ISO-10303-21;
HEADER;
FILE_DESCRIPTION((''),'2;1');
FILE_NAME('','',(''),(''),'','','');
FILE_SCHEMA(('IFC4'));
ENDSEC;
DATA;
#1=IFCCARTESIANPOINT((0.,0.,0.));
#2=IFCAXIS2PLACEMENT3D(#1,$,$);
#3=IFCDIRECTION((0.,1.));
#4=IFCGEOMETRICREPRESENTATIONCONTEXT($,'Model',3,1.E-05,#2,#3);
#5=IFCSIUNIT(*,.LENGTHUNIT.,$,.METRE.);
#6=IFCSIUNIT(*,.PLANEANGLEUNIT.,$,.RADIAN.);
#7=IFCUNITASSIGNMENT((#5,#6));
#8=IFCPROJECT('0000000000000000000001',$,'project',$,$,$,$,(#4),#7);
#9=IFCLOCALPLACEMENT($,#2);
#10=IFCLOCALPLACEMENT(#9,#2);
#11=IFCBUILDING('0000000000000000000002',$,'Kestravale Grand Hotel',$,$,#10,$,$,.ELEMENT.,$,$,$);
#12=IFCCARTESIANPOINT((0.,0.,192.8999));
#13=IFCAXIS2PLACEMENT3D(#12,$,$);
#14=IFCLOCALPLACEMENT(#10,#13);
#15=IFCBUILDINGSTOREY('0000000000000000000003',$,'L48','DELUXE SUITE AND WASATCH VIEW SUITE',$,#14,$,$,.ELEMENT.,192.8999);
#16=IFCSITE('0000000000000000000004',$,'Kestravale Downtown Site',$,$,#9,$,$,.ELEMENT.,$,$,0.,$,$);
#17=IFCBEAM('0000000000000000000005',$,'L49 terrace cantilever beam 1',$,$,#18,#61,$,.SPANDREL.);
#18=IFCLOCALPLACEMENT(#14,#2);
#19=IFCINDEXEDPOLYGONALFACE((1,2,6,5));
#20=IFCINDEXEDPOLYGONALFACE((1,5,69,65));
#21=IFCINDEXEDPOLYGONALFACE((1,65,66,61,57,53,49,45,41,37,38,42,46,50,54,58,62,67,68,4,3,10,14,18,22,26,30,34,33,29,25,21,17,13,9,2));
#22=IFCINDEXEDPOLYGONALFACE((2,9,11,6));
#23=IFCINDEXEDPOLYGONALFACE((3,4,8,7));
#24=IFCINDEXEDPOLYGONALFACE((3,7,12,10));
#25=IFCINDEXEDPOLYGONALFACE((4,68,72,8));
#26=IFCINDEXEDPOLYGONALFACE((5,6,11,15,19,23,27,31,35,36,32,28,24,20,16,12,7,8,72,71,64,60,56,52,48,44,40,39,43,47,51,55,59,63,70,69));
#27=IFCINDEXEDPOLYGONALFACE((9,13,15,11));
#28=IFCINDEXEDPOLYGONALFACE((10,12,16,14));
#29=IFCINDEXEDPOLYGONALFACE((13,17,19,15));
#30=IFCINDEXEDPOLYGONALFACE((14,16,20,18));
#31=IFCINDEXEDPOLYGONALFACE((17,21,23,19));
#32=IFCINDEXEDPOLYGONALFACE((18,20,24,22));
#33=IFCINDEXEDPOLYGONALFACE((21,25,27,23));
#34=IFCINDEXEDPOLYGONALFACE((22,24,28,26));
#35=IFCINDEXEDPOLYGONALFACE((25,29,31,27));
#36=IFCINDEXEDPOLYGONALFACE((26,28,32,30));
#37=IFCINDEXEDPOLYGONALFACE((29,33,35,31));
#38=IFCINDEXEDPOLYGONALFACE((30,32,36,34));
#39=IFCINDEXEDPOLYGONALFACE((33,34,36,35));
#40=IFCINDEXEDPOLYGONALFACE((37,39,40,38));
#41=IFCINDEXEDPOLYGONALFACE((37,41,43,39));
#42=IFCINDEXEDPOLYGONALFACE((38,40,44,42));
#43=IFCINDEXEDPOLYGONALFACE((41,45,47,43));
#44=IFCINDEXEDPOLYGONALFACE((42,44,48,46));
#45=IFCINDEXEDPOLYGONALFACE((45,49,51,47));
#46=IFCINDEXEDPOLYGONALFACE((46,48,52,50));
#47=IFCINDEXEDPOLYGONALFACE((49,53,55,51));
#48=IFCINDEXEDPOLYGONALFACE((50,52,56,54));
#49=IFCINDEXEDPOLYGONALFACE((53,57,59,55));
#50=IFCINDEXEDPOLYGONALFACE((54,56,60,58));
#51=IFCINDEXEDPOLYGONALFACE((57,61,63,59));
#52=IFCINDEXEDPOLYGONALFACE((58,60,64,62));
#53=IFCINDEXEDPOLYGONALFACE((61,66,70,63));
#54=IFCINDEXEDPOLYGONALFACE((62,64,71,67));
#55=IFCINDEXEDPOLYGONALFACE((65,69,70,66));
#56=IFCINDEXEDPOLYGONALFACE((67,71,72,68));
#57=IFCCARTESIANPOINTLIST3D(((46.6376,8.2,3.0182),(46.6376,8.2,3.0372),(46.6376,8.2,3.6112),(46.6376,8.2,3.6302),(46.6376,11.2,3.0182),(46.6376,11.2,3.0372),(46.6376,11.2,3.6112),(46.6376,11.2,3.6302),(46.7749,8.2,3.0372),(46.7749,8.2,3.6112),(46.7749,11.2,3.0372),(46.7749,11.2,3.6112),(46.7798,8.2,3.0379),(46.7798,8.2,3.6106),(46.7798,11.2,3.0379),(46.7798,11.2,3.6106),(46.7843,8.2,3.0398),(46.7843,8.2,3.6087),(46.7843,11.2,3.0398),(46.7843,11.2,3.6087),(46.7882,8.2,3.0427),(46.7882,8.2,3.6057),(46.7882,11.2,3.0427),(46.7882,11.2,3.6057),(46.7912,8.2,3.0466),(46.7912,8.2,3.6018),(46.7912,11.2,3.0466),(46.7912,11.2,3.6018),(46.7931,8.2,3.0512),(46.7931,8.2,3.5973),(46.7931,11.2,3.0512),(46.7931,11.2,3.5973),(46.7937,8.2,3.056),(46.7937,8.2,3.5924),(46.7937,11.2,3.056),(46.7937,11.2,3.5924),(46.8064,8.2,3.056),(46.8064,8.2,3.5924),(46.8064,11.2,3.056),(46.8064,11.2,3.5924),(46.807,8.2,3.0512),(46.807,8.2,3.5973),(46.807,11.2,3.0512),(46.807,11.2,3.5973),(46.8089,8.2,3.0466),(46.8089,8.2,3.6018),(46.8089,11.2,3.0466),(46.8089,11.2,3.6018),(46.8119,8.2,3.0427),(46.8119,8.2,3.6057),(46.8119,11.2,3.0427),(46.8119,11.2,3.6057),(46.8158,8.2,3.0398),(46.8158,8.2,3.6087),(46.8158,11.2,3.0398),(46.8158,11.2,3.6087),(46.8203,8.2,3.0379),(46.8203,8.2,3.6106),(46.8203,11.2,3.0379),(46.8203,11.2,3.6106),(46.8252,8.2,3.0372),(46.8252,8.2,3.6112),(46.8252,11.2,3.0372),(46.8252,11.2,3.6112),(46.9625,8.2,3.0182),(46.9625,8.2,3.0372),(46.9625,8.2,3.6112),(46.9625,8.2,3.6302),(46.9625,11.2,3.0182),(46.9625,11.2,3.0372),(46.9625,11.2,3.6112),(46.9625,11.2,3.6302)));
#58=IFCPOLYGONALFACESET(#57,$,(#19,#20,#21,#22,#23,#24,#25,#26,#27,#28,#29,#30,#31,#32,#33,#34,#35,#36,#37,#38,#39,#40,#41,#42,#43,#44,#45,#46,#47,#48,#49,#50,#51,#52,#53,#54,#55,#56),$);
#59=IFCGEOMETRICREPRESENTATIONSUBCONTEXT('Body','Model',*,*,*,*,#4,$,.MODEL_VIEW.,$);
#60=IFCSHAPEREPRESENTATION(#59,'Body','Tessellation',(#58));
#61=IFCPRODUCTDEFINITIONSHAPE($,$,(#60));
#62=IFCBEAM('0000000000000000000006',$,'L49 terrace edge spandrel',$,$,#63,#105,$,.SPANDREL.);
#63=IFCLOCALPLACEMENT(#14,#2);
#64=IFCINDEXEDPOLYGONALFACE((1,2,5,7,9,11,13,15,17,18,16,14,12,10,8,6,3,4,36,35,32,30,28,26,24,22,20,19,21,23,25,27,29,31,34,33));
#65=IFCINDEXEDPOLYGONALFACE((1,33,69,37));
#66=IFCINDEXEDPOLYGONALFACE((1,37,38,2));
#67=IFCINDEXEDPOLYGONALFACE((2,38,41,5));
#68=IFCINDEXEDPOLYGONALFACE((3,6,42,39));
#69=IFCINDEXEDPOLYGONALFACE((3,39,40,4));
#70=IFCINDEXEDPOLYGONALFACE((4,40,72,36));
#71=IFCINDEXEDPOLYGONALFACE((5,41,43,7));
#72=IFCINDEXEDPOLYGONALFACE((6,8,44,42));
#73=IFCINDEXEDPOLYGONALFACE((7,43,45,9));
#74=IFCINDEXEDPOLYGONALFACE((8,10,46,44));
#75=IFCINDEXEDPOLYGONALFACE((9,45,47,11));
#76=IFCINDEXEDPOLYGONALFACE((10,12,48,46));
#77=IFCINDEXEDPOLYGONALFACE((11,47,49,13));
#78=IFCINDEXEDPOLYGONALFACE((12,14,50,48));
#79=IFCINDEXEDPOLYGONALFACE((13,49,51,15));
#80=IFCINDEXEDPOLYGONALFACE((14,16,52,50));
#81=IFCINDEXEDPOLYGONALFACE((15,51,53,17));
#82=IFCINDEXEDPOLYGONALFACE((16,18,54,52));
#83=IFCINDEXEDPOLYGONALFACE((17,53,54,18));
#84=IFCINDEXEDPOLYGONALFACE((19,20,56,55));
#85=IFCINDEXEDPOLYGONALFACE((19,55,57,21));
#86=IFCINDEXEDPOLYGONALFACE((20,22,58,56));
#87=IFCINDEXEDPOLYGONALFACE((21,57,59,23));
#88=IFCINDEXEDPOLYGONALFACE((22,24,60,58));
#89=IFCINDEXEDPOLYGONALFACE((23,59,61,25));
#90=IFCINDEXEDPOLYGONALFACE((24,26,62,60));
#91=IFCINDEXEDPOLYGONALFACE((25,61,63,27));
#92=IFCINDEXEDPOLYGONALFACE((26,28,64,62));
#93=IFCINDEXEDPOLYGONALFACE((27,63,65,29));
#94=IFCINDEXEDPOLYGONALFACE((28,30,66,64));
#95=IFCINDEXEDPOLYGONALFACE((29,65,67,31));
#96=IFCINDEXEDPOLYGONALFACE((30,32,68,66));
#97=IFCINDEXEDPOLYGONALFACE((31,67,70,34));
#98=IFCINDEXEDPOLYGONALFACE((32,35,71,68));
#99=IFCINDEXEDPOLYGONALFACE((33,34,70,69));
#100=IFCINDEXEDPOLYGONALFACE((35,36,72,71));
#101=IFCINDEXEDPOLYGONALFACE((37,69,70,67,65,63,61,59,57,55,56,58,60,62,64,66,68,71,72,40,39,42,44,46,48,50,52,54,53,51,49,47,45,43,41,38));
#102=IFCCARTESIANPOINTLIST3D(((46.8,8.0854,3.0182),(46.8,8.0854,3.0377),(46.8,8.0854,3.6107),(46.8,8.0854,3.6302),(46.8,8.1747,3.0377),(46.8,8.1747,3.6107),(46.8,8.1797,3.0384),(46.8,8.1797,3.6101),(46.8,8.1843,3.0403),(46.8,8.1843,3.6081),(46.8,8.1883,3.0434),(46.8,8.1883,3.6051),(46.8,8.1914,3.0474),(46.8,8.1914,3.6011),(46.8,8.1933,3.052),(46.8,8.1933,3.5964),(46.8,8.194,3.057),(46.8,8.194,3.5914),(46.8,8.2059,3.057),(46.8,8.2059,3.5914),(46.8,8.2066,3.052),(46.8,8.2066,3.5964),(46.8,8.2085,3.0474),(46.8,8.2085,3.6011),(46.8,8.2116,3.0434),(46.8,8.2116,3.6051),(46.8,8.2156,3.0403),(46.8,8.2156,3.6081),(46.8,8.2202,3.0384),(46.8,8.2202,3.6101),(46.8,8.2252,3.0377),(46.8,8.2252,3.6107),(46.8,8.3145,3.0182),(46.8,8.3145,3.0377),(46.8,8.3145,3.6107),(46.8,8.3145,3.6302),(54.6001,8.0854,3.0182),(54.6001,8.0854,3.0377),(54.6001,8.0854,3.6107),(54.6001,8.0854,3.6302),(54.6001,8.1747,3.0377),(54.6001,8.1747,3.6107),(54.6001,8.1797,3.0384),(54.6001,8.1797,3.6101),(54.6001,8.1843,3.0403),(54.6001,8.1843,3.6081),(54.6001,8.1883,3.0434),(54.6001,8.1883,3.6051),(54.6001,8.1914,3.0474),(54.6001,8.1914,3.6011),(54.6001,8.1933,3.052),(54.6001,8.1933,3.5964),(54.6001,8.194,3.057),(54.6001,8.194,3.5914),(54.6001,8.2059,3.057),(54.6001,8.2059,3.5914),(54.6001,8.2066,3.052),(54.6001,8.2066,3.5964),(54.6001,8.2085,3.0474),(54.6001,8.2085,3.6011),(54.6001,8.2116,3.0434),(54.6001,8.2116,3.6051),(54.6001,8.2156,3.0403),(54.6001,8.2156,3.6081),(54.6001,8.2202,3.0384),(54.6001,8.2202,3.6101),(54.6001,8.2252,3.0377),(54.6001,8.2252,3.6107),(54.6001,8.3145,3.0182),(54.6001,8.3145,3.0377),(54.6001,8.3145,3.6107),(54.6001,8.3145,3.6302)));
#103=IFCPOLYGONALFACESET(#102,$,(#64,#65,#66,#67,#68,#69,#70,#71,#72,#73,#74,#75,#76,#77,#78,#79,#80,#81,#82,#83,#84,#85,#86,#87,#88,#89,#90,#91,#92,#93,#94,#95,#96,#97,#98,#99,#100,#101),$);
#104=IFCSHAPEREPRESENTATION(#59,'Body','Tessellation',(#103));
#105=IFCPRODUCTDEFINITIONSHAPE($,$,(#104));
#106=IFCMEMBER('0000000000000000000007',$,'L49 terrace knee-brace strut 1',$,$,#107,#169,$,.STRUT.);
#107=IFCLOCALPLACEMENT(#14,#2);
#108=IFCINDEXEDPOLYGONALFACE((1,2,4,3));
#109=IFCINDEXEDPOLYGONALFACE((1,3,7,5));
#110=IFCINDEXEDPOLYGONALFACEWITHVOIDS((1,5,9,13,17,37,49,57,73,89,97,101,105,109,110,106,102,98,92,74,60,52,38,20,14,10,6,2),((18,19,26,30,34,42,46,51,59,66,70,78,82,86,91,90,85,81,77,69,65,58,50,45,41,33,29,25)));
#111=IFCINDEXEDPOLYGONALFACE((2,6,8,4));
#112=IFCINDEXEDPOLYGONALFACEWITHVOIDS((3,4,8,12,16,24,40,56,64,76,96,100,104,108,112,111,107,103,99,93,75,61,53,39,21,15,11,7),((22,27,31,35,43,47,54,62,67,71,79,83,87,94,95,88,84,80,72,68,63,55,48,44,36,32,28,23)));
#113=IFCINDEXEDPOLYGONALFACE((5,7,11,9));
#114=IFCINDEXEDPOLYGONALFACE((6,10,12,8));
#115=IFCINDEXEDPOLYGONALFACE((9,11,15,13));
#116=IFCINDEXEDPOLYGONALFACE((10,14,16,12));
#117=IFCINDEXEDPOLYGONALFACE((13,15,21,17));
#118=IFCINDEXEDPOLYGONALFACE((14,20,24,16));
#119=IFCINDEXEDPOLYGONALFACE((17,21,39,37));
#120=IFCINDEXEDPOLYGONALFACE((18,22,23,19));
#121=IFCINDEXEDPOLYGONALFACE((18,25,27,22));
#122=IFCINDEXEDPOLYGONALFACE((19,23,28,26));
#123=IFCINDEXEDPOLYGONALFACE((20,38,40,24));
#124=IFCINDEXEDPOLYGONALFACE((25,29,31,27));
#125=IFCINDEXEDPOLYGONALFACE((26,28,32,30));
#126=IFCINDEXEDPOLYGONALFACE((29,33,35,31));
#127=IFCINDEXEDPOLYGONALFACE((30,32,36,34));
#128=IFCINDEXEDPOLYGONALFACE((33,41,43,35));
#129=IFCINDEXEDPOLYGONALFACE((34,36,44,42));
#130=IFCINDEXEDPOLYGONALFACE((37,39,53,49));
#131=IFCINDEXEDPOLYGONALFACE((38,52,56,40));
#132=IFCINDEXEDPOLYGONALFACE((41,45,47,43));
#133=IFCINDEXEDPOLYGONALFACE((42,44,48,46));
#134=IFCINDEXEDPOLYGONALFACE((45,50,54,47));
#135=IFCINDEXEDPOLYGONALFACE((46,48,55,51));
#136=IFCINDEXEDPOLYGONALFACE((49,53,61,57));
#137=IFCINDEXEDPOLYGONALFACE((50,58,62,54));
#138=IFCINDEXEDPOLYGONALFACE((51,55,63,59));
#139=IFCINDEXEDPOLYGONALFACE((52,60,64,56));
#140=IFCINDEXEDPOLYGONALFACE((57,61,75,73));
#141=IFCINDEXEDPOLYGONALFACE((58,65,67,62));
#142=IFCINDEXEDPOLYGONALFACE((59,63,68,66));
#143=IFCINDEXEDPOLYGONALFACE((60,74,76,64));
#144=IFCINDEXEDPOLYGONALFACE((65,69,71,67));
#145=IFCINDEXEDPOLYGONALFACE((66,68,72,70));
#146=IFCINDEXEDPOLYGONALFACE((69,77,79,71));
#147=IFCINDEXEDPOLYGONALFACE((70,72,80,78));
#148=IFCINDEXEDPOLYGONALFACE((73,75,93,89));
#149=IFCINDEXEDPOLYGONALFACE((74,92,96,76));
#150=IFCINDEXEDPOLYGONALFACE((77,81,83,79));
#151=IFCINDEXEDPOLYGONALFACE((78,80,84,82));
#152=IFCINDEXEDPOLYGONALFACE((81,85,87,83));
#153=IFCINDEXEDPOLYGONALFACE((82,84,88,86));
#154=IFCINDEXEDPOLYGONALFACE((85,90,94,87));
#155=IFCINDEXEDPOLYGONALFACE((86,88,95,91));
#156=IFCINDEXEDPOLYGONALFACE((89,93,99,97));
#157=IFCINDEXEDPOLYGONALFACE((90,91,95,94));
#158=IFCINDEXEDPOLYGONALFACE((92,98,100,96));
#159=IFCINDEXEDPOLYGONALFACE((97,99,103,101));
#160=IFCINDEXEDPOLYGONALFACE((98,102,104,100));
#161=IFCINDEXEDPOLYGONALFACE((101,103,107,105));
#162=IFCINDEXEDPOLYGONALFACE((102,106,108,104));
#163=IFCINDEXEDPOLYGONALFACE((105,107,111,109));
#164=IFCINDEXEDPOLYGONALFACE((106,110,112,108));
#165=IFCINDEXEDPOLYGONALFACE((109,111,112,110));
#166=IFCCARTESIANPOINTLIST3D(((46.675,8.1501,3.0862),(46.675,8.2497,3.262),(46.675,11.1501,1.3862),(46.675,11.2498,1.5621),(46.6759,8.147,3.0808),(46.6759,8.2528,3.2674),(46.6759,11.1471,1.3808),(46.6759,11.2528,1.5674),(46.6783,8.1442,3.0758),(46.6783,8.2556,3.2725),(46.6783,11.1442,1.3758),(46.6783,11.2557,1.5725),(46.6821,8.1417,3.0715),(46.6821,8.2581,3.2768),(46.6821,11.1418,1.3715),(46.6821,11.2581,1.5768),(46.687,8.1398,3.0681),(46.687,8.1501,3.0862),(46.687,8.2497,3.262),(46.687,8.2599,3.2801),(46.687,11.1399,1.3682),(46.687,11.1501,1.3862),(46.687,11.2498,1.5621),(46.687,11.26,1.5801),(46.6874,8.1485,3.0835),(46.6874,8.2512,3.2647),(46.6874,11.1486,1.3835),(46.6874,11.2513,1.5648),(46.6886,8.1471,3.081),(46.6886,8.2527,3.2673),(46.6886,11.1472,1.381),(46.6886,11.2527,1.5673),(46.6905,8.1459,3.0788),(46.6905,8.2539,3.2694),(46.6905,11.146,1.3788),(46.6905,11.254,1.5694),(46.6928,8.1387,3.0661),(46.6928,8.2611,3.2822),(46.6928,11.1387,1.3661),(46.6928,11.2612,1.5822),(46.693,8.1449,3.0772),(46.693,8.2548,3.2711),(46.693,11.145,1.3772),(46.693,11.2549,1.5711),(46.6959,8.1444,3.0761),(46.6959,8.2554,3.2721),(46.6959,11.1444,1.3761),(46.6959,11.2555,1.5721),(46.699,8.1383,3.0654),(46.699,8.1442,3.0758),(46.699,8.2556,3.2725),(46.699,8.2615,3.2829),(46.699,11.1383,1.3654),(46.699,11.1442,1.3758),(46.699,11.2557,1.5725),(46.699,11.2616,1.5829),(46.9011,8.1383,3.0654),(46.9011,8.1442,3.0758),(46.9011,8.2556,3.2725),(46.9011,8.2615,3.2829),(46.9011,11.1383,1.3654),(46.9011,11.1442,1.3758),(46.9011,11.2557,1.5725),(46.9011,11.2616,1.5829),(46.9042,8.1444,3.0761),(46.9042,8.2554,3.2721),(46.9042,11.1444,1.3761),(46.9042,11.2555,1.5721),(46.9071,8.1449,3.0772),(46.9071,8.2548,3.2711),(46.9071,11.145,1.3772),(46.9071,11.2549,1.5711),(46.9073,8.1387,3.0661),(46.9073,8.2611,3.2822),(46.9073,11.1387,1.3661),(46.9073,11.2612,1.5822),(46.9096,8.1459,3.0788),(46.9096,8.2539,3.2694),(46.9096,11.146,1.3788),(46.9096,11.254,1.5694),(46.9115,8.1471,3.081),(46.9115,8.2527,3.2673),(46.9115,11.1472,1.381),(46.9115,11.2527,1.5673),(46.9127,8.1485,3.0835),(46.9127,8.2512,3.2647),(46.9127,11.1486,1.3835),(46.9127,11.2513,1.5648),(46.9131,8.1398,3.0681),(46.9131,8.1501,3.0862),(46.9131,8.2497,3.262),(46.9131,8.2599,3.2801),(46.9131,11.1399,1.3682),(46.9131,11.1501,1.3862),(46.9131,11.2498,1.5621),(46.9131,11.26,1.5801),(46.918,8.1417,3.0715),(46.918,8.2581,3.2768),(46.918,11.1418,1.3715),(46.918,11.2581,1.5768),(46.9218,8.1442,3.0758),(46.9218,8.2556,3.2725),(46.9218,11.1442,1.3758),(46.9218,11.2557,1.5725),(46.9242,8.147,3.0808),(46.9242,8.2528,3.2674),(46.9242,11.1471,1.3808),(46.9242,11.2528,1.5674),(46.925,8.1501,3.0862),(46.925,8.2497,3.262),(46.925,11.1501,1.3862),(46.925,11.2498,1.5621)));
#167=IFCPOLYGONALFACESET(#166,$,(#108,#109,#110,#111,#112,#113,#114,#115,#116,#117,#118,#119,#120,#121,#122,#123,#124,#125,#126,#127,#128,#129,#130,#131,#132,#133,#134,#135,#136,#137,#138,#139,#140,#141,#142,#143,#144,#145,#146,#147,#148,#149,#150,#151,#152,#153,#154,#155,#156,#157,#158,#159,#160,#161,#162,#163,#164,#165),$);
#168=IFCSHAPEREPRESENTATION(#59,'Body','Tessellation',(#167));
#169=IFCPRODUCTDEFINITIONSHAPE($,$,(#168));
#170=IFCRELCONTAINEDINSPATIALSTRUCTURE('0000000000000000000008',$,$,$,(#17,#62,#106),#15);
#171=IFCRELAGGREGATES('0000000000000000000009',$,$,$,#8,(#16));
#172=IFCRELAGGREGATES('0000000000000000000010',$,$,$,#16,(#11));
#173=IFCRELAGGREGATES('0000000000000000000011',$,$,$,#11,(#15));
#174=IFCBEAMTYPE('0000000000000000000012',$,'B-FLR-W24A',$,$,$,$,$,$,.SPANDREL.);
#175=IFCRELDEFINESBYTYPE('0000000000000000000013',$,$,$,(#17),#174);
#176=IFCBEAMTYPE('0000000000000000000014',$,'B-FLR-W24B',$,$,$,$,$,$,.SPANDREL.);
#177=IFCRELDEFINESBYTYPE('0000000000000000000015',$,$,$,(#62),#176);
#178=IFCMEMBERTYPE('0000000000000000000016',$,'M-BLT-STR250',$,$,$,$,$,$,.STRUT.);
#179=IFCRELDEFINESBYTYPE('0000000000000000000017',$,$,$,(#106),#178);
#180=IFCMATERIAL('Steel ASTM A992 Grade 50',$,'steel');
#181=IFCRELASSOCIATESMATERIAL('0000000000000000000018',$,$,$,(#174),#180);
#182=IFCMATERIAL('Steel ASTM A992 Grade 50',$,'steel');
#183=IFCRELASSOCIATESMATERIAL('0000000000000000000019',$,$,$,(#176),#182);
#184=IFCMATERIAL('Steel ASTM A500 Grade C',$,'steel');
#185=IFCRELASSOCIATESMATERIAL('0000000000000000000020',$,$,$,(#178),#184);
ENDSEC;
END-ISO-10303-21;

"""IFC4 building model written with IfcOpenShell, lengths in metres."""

from ifc_helpers import new_model, si_unit, direction, frame, origin, origin_2d, place, context, subcontext, project, spatial, hollow_rectangle, i_section, extrude, material, material_profile, profile_set, type_object, element, save


model = new_model("IFC4")

# Units and contexts
model_context = context("Model", 3, precision=1e-05, world=origin(), true_north=direction((0.0, 1.0)))
body_context = subcontext(model_context, "Body", "Model", "MODEL_VIEW")
ifc_project = project(units=[si_unit("LENGTHUNIT", "METRE"), si_unit("PLANEANGLEUNIT", "RADIAN")], contexts=[model_context])

# Site, building, storey
site_placement = place(None, origin())
site = spatial("IfcSite", under=ifc_project, at=site_placement, Name="Kestravale Downtown Site", CompositionType="ELEMENT", RefElevation=0.0)
building_placement = place(site_placement, origin())
building = spatial("IfcBuilding", under=site, at=building_placement, Name="Kestravale Grand Hotel", CompositionType="ELEMENT")
storey_placement = place(building_placement, frame((0.0, 0.0, 192.8999)))
storey = spatial("IfcBuildingStorey", under=building, at=storey_placement, Name="L48", Description="DELUXE SUITE AND WASATCH VIEW SUITE", CompositionType="ELEMENT", Elevation=192.8999)

# Beams
ifc_material_1 = material(Name="Steel ASTM A992 Grade 50", Category="steel")
ifc_material_profile_1 = material_profile(ifc_material_1, i_section(OverallWidth=0.325, OverallDepth=0.6121, WebThickness=0.0127, FlangeThickness=0.019, FilletRadius=0.0188, at=origin_2d()))
ifc_profile_set_1 = profile_set([ifc_material_profile_1], Name="Steel ASTM A992 Grade 50")
beam_type_1 = type_object("IfcBeamType", Name="B-FLR-W24A", PredefinedType="SPANDREL", material=ifc_profile_set_1)
beam_1_placement = place(storey_placement, frame((46.8, 11.2, 3.3242), z_axis=(0.0, -1.0, 0.0), x_axis=(1.0, 0.0, 0.0)))
element("IfcBeam", 1, at=beam_1_placement, inside=storey, type_object=beam_type_1, Name="L49 terrace cantilever beam 1", PredefinedType="SPANDREL", context=body_context, shape_type="SweptSolid", body=[
    extrude(i_section(OverallWidth=0.325, OverallDepth=0.6121, WebThickness=0.0127, FlangeThickness=0.019, FilletRadius=0.0188, at=origin_2d()), origin(), (0.0, 0.0, 1.0), 3.0),
])
ifc_material_2 = material(Name="Steel ASTM A992 Grade 50", Category="steel")
ifc_material_profile_2 = material_profile(ifc_material_2, i_section(OverallWidth=0.229, OverallDepth=0.6121, WebThickness=0.012, FlangeThickness=0.0195, FilletRadius=0.0193, at=origin_2d()))
ifc_profile_set_2 = profile_set([ifc_material_profile_2], Name="Steel ASTM A992 Grade 50")
beam_type_2 = type_object("IfcBeamType", Name="B-FLR-W24B", PredefinedType="SPANDREL", material=ifc_profile_set_2)
beam_2_placement = place(storey_placement, frame((46.8, 8.2, 3.3242), z_axis=(1.0, 0.0, 0.0), x_axis=(0.0, 1.0, 0.0)))
element("IfcBeam", 2, at=beam_2_placement, inside=storey, type_object=beam_type_2, Name="L49 terrace edge spandrel", PredefinedType="SPANDREL", context=body_context, shape_type="SweptSolid", body=[
    extrude(i_section(OverallWidth=0.229, OverallDepth=0.6121, WebThickness=0.012, FlangeThickness=0.0195, FilletRadius=0.0193, at=origin_2d()), origin(), (0.0, 0.0, 1.0), 7.8),
])

# Member
ifc_material_3 = material(Name="Steel ASTM A500 Grade C", Category="steel")
ifc_material_profile_3 = material_profile(ifc_material_3, hollow_rectangle(XDim=0.25, YDim=0.25, WallThickness=0.012, InnerFilletRadius=0.012, OuterFilletRadius=0.0239, at=origin_2d()))
ifc_profile_set_3 = profile_set([ifc_material_profile_3], Name="Steel ASTM A500 Grade C")
member_type = type_object("IfcMemberType", Name="M-BLT-STR250", PredefinedType="STRUT", material=ifc_profile_set_3)
member_placement = place(storey_placement, frame((46.8, 11.2, 1.4741), z_axis=(0.0, -0.870028, 0.493002), x_axis=(1.0, 0.0, 0.0)))
element("IfcMember", 3, at=member_placement, inside=storey, type_object=member_type, Name="L49 terrace knee-brace strut 1", PredefinedType="STRUT", context=body_context, shape_type="SweptSolid", body=[
    extrude(hollow_rectangle(XDim=0.25, YDim=0.25, WallThickness=0.012, InnerFilletRadius=0.012, OuterFilletRadius=0.0239, at=origin_2d()), origin(), (0.0, 0.0, 1.0), 3.4482),
])

save(model, "model.ifc")
